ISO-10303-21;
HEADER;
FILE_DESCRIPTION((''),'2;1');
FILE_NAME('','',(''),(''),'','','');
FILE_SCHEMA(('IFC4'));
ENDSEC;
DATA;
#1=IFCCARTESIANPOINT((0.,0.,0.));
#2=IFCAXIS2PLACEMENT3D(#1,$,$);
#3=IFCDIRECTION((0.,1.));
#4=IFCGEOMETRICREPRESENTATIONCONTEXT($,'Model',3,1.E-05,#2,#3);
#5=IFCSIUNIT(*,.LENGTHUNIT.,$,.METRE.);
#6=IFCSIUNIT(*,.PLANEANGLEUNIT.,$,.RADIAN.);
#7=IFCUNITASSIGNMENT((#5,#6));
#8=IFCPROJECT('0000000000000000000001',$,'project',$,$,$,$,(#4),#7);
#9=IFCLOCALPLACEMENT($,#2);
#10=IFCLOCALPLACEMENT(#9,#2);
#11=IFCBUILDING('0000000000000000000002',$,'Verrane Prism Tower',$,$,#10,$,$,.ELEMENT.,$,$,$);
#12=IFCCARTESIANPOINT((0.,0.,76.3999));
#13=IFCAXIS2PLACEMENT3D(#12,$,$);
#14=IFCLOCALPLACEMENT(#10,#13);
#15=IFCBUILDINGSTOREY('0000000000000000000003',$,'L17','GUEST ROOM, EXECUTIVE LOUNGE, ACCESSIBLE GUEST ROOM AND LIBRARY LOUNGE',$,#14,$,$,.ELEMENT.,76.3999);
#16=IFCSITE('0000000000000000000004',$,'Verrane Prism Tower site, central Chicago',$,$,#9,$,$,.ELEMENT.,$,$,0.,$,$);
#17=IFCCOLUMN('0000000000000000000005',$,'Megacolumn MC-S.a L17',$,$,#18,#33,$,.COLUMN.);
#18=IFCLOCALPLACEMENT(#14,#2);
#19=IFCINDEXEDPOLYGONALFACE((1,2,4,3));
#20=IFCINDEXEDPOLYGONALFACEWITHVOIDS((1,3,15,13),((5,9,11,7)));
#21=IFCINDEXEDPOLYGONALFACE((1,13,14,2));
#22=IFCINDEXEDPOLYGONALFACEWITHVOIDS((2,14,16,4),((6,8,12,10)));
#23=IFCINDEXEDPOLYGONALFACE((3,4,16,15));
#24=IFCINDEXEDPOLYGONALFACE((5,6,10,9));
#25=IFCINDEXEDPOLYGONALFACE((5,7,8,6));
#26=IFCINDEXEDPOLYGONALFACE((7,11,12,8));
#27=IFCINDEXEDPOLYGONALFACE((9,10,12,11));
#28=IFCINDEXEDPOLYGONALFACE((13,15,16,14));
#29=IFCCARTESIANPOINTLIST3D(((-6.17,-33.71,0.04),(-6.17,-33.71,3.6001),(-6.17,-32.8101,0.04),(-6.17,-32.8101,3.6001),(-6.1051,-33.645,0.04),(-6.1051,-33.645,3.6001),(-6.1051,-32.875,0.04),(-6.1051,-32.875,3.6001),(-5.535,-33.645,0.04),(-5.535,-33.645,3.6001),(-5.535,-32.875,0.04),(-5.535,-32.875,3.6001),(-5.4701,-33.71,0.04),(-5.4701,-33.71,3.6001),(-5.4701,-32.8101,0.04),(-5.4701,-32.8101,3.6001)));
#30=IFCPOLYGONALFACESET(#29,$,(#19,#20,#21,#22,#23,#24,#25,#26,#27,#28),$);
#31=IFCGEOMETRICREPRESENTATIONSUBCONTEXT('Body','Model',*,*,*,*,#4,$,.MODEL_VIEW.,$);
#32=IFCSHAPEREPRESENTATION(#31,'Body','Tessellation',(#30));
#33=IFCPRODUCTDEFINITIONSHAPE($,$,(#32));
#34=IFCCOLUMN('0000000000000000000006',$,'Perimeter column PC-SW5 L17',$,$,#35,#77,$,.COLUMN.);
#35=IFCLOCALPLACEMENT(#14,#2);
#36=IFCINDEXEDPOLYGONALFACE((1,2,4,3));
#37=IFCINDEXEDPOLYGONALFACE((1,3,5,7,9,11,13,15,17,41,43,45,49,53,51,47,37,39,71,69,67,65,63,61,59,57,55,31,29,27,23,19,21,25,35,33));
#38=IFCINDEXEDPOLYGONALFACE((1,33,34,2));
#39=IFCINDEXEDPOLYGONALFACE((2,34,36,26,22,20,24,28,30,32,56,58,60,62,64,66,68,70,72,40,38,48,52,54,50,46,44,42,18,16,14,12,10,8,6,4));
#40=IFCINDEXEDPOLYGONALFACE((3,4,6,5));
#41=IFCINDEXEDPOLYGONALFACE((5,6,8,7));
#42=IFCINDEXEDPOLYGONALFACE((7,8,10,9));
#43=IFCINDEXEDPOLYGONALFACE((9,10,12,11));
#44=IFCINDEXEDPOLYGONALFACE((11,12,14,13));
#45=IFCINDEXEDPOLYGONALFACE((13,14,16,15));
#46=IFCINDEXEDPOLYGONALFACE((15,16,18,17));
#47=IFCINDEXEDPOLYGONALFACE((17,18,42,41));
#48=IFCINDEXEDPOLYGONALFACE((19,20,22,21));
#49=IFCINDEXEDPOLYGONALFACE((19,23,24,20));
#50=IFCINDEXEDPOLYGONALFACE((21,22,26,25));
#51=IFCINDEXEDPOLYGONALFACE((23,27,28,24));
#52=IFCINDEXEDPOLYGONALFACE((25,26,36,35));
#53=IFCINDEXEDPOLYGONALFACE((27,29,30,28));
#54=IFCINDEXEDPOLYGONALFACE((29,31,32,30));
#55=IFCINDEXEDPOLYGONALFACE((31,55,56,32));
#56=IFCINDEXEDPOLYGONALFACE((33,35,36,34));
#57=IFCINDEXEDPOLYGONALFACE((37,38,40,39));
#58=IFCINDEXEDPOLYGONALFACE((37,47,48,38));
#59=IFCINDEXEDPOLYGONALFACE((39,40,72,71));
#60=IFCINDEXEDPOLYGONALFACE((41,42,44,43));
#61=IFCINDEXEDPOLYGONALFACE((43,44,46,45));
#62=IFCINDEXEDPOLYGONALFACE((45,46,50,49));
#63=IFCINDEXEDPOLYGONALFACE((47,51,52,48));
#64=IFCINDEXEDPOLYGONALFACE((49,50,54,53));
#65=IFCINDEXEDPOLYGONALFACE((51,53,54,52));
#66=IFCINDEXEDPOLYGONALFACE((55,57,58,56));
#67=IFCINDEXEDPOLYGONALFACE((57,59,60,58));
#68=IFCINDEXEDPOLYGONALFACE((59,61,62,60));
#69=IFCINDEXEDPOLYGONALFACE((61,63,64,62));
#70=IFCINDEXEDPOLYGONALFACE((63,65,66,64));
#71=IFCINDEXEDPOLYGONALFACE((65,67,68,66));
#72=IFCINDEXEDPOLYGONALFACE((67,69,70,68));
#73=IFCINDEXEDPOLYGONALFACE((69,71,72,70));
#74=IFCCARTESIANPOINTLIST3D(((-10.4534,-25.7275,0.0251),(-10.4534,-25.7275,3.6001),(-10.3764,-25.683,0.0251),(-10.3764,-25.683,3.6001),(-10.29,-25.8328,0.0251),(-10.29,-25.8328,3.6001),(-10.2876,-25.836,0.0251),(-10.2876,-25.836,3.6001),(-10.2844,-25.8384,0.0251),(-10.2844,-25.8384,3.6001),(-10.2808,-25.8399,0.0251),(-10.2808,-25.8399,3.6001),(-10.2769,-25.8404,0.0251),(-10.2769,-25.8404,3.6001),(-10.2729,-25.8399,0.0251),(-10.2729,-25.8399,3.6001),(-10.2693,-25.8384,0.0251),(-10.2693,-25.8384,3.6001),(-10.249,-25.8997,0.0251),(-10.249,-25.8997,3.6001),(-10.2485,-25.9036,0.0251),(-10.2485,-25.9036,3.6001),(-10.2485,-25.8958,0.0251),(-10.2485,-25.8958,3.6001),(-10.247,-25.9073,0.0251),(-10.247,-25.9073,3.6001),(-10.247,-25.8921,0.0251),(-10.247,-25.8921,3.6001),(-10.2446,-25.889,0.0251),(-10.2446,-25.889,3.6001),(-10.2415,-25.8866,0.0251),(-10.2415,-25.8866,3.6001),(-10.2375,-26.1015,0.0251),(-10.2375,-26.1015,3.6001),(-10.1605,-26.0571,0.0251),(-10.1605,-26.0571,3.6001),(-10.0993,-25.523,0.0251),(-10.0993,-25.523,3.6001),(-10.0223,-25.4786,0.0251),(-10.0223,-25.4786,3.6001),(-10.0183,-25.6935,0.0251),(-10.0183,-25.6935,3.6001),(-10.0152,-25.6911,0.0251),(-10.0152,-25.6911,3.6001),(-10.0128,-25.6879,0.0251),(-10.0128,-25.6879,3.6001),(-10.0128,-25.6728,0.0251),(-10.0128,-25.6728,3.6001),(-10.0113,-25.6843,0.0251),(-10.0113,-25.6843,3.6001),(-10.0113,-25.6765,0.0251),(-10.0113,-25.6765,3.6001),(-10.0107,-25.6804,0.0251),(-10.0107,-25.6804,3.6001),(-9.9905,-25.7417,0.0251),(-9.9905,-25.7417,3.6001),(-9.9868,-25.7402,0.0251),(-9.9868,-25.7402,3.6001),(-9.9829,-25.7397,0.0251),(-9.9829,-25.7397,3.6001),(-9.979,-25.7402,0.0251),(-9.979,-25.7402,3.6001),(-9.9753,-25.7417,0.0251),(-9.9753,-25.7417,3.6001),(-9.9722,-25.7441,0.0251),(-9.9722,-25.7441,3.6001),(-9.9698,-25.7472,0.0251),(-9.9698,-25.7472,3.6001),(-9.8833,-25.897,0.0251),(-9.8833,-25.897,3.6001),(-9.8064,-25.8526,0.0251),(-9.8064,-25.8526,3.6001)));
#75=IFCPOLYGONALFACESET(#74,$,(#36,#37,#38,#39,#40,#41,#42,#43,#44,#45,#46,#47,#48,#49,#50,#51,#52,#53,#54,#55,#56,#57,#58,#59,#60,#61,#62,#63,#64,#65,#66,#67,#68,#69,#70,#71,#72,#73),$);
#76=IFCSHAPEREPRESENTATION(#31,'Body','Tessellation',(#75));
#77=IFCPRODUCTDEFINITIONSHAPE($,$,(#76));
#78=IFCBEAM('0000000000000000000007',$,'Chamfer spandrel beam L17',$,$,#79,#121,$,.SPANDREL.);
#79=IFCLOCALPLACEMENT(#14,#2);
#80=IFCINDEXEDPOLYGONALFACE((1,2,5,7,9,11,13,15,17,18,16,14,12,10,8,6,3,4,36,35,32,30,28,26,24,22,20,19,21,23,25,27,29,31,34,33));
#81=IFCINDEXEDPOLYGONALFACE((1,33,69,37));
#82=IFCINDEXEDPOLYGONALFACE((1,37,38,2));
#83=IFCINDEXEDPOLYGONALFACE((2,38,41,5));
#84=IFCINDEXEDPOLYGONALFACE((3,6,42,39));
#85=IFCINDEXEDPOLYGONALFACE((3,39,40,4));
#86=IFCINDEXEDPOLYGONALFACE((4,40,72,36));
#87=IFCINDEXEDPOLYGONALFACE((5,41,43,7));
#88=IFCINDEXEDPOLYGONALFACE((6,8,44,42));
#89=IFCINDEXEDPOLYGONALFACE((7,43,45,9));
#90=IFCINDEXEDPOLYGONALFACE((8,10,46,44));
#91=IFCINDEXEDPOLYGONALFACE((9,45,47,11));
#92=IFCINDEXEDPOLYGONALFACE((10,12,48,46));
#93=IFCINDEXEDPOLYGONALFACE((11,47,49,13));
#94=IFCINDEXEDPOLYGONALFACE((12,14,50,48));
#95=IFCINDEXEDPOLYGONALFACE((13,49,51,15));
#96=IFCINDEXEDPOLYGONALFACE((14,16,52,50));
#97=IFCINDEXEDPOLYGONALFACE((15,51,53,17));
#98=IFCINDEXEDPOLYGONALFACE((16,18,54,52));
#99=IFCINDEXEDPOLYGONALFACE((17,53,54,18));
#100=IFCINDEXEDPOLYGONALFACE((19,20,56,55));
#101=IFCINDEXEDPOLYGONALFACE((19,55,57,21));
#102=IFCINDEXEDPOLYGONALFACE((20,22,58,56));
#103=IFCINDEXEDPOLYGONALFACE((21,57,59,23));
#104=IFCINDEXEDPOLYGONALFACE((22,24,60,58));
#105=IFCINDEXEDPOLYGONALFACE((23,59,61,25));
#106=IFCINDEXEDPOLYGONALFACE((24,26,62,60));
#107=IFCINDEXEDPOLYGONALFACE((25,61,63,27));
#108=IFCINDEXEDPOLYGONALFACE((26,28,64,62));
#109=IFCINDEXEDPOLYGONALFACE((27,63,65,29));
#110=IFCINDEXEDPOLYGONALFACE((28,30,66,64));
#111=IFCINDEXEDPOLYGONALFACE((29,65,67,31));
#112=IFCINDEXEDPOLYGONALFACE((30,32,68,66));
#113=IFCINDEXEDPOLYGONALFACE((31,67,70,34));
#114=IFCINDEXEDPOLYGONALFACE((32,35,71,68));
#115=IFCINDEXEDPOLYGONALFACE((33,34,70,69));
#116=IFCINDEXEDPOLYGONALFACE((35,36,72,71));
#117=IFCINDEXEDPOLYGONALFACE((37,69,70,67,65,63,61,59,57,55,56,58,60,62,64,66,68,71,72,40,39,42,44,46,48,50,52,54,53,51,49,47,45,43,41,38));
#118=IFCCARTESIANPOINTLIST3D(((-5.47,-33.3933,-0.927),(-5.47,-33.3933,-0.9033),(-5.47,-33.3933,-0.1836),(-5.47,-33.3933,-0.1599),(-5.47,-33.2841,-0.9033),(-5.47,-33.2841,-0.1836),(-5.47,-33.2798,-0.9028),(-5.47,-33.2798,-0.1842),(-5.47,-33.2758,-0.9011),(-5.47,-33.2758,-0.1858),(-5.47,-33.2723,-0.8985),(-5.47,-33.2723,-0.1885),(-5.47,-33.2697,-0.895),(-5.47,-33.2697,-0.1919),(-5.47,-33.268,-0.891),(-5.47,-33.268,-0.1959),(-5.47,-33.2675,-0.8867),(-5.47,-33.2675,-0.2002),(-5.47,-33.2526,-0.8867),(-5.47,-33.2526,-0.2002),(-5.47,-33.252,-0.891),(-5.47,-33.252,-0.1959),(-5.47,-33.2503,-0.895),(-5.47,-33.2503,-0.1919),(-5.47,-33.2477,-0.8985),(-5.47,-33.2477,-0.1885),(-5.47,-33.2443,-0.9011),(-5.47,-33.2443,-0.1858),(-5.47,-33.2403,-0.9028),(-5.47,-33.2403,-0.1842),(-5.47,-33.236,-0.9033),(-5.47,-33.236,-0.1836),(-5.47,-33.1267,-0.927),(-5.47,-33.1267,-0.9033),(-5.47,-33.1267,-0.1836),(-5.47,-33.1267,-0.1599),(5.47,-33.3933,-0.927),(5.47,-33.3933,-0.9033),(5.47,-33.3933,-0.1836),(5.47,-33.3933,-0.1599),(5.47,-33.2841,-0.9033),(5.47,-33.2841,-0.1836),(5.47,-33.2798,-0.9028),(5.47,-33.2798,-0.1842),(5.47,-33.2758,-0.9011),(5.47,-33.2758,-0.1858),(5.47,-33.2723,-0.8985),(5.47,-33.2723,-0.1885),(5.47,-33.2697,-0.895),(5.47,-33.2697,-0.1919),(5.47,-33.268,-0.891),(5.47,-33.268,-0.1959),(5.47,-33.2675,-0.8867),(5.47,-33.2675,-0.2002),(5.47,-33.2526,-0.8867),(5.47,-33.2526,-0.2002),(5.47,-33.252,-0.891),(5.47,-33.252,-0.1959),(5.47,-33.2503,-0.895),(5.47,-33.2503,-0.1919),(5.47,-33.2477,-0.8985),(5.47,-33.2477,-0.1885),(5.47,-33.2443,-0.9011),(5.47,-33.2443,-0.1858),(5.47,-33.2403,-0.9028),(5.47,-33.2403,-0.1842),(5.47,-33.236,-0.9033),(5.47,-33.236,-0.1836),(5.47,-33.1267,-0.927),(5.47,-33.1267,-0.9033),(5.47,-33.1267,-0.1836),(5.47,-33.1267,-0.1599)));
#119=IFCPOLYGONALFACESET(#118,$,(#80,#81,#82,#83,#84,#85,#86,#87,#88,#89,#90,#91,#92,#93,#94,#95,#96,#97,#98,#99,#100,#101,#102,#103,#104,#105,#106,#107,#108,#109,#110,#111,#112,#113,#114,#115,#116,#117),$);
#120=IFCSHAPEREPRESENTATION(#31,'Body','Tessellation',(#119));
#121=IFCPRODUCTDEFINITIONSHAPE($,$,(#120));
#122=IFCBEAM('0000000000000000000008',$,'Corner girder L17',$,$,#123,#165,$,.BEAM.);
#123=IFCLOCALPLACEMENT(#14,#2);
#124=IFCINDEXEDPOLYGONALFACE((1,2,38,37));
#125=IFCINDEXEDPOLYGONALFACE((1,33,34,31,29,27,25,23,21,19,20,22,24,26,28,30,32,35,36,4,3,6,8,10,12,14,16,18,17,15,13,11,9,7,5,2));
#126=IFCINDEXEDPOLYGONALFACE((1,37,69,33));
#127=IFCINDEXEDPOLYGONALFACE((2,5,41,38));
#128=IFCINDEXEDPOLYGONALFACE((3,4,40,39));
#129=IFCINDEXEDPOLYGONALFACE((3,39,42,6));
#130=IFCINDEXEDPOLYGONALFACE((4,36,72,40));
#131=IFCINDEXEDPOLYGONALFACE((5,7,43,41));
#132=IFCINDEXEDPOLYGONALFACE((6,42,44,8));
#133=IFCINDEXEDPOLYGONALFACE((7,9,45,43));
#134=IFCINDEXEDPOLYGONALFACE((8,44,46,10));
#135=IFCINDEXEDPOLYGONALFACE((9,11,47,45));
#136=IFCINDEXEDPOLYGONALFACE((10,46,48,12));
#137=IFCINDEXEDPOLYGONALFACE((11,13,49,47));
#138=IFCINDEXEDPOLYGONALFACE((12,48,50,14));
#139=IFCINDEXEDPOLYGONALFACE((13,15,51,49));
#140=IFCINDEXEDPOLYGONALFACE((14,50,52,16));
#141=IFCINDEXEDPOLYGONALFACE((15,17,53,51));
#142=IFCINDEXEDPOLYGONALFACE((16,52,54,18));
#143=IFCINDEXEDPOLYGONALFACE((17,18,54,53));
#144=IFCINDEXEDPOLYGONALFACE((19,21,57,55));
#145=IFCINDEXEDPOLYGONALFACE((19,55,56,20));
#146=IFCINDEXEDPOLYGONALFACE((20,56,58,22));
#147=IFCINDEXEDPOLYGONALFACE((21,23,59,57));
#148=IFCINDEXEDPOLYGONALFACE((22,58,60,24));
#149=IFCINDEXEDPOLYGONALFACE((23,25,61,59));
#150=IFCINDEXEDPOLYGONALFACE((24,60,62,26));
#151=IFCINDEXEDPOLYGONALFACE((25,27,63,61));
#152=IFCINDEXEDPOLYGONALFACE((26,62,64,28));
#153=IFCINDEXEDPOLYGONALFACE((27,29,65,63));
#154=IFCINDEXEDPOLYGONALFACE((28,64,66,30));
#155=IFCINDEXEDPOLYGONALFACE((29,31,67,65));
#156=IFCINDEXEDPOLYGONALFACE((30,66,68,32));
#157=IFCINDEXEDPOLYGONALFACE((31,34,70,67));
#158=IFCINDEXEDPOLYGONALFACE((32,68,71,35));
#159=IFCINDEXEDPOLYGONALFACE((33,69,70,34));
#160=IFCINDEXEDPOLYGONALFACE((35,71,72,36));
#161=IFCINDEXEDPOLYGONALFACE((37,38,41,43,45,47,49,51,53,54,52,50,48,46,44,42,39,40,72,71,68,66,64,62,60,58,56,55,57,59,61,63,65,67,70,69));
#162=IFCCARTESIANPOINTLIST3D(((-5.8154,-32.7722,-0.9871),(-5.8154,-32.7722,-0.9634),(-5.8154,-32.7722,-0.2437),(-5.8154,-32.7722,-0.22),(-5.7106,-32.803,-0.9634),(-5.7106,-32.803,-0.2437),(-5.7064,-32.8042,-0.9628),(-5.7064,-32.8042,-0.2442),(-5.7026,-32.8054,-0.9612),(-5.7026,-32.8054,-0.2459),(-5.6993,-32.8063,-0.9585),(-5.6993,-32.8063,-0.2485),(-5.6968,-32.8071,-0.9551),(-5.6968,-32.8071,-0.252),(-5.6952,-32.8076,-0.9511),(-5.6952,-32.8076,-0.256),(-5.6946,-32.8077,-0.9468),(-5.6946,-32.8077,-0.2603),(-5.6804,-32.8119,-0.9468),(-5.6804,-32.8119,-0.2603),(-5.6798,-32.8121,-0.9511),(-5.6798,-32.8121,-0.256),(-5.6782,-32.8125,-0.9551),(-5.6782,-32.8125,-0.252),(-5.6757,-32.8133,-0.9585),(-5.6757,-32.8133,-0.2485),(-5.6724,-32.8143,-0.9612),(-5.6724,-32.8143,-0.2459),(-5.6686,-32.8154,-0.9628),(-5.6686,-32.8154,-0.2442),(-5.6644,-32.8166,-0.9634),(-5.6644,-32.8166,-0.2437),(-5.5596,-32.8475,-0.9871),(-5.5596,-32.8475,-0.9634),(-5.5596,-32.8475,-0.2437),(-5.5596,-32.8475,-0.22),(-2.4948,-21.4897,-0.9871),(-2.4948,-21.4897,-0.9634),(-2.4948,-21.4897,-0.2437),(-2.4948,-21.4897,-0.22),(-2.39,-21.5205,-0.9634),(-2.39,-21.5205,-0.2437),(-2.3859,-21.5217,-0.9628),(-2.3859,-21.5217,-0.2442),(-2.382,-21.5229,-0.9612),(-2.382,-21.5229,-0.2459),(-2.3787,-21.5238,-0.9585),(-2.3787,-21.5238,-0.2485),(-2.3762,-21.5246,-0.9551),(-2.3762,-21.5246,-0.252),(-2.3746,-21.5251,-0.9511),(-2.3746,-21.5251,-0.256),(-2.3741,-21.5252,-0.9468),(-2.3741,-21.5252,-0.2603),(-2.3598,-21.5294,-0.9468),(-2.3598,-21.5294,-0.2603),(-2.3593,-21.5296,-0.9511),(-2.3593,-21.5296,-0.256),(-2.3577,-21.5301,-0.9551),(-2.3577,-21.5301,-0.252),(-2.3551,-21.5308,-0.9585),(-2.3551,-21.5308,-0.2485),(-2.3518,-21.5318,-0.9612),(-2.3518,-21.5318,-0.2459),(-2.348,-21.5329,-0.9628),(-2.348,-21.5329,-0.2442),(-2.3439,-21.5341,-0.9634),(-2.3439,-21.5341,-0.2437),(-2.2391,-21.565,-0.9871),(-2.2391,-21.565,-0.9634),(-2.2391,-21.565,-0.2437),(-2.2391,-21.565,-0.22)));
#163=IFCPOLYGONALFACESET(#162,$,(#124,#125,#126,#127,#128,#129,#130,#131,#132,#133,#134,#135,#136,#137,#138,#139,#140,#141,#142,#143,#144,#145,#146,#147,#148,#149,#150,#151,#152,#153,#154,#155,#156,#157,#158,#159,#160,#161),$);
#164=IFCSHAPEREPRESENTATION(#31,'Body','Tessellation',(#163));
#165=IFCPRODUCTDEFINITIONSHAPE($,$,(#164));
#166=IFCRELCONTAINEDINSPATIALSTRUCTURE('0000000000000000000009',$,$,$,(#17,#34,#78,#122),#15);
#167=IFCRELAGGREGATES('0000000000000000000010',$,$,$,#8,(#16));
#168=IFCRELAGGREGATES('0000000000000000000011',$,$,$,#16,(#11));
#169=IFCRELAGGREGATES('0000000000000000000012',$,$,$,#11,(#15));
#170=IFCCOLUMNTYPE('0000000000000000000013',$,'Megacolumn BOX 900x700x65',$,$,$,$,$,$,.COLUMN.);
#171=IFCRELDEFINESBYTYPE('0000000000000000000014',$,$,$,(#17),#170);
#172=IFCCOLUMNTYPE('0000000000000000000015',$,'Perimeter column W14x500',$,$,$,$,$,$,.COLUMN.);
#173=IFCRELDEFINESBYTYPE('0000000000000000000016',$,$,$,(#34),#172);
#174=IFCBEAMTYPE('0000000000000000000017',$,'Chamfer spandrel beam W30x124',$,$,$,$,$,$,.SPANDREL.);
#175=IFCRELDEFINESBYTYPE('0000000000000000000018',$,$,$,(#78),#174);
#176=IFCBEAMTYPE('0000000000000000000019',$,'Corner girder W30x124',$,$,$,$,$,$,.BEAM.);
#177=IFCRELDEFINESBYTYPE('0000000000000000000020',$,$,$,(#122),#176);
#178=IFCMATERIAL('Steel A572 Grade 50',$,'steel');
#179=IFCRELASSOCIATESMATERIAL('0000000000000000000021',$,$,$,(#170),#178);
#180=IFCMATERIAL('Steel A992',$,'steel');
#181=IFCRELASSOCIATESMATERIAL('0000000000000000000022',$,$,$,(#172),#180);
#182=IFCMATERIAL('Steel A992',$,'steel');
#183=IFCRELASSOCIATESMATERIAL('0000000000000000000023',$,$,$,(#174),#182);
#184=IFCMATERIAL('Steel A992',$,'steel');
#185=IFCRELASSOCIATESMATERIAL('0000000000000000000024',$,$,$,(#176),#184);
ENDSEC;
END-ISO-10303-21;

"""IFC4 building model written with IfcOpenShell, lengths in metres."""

from ifc_helpers import new_model, si_unit, direction, frame, origin, origin_2d, place, context, subcontext, project, spatial, hollow_rectangle, i_section, extrude, material, material_profile, profile_set, type_object, element, save


model = new_model("IFC4")

# Units and contexts
model_context = context("Model", 3, precision=1e-05, world=origin(), true_north=direction((0.0, 1.0)))
body_context = subcontext(model_context, "Body", "Model", "MODEL_VIEW")
ifc_project = project(units=[si_unit("LENGTHUNIT", "METRE"), si_unit("PLANEANGLEUNIT", "RADIAN")], contexts=[model_context])

# Site, building, storey
site_placement = place(None, origin())
site = spatial("IfcSite", under=ifc_project, at=site_placement, Name="Verrane Prism Tower site, central Chicago", CompositionType="ELEMENT", RefElevation=0.0)
building_placement = place(site_placement, origin())
building = spatial("IfcBuilding", under=site, at=building_placement, Name="Verrane Prism Tower", CompositionType="ELEMENT")
storey_placement = place(building_placement, frame((0.0, 0.0, 76.3999)))
storey = spatial("IfcBuildingStorey", under=building, at=storey_placement, Name="L17", Description="GUEST ROOM, EXECUTIVE LOUNGE, ACCESSIBLE GUEST ROOM AND LIBRARY LOUNGE", CompositionType="ELEMENT", Elevation=76.3999)

# Columns
ifc_material_1 = material(Name="Steel A572 Grade 50", Category="steel")
ifc_material_profile_1 = material_profile(ifc_material_1, hollow_rectangle(XDim=0.7, YDim=0.8999, WallThickness=0.0649, at=origin_2d()), Name="BOX 900x700x65")
ifc_profile_set_1 = profile_set([ifc_material_profile_1], Name="Steel A572 Grade 50")
column_type_1 = type_object("IfcColumnType", Name="Megacolumn BOX 900x700x65", PredefinedType="COLUMN", material=ifc_profile_set_1)
column_1_placement = place(storey_placement, frame((-5.8201, -33.26, 0.04), z_axis=(0.0, 0.0, 1.0), x_axis=(-1.0, 0.0, 0.0)))
element("IfcColumn", 1, at=column_1_placement, inside=storey, type_object=column_type_1, Name="Megacolumn MC-S.a L17", PredefinedType="COLUMN", context=body_context, shape_type="SweptSolid", body=[
    extrude(hollow_rectangle(XDim=0.7, YDim=0.8999, WallThickness=0.0649, at=origin_2d()), origin(), (0.0, 0.0, 1.0), 3.5601),
])
ifc_material_2 = material(Name="Steel A992", Category="steel")
ifc_material_profile_2 = material_profile(ifc_material_2, i_section(OverallWidth=0.4319, OverallDepth=0.4978, WebThickness=0.0557, FlangeThickness=0.0889, FilletRadius=0.0151, at=origin_2d()), Name="W14x500")
ifc_profile_set_2 = profile_set([ifc_material_profile_2], Name="Steel A992")
column_type_2 = type_object("IfcColumnType", Name="Perimeter column W14x500", PredefinedType="COLUMN", material=ifc_profile_set_2)
column_2_placement = place(storey_placement, frame((-10.1299, -25.79, 0.0251), z_axis=(0.0, 0.0, 1.0), x_axis=(-0.5, 0.866025, 0.0)))
element("IfcColumn", 2, at=column_2_placement, inside=storey, type_object=column_type_2, Name="Perimeter column PC-SW5 L17", PredefinedType="COLUMN", context=body_context, shape_type="SweptSolid", body=[
    extrude(i_section(OverallWidth=0.4319, OverallDepth=0.4978, WebThickness=0.0557, FlangeThickness=0.0889, FilletRadius=0.0151, at=origin_2d()), origin(), (0.0, 0.0, 1.0), 3.575),
])

# Beams
ifc_material_3 = material(Name="Steel A992", Category="steel")
ifc_material_profile_3 = material_profile(ifc_material_3, i_section(OverallWidth=0.2666, OverallDepth=0.7671, WebThickness=0.0149, FlangeThickness=0.0237, FilletRadius=0.0166, at=origin_2d()), Name="W30x124")
ifc_profile_set_3 = profile_set([ifc_material_profile_3], Name="Steel A992")
beam_type_1 = type_object("IfcBeamType", Name="Chamfer spandrel beam W30x124", PredefinedType="SPANDREL", material=ifc_profile_set_3)
beam_1_placement = place(storey_placement, frame((-5.47, -33.26, -0.5435), z_axis=(1.0, 0.0, 0.0), x_axis=(0.0, 1.0, 0.0)))
element("IfcBeam", 3, at=beam_1_placement, inside=storey, type_object=beam_type_1, Name="Chamfer spandrel beam L17", PredefinedType="SPANDREL", context=body_context, shape_type="SweptSolid", body=[
    extrude(i_section(OverallWidth=0.2666, OverallDepth=0.7671, WebThickness=0.0149, FlangeThickness=0.0237, FilletRadius=0.0166, at=origin_2d()), origin(), (0.0, 0.0, 1.0), 10.9399),
])
ifc_material_4 = material(Name="Steel A992", Category="steel")
ifc_material_profile_4 = material_profile(ifc_material_4, i_section(OverallWidth=0.2666, OverallDepth=0.7671, WebThickness=0.0149, FlangeThickness=0.0237, FilletRadius=0.0166, at=origin_2d()), Name="W30x124")
ifc_profile_set_4 = profile_set([ifc_material_profile_4], Name="Steel A992")
beam_type_2 = type_object("IfcBeamType", Name="Corner girder W30x124", PredefinedType="BEAM", material=ifc_profile_set_4)
beam_2_placement = place(storey_placement, frame((-5.6875, -32.8098, -0.6035), z_axis=(0.282337, 0.959315, 0.0), x_axis=(-0.959315, 0.282337, 0.0)))
element("IfcBeam", 4, at=beam_2_placement, inside=storey, type_object=beam_type_2, Name="Corner girder L17", PredefinedType="BEAM", context=body_context, shape_type="SweptSolid", body=[
    extrude(i_section(OverallWidth=0.2666, OverallDepth=0.7671, WebThickness=0.0149, FlangeThickness=0.0237, FilletRadius=0.0166, at=origin_2d()), origin(), (0.0, 0.0, 1.0), 11.761),
])

save(model, "model.ifc")
